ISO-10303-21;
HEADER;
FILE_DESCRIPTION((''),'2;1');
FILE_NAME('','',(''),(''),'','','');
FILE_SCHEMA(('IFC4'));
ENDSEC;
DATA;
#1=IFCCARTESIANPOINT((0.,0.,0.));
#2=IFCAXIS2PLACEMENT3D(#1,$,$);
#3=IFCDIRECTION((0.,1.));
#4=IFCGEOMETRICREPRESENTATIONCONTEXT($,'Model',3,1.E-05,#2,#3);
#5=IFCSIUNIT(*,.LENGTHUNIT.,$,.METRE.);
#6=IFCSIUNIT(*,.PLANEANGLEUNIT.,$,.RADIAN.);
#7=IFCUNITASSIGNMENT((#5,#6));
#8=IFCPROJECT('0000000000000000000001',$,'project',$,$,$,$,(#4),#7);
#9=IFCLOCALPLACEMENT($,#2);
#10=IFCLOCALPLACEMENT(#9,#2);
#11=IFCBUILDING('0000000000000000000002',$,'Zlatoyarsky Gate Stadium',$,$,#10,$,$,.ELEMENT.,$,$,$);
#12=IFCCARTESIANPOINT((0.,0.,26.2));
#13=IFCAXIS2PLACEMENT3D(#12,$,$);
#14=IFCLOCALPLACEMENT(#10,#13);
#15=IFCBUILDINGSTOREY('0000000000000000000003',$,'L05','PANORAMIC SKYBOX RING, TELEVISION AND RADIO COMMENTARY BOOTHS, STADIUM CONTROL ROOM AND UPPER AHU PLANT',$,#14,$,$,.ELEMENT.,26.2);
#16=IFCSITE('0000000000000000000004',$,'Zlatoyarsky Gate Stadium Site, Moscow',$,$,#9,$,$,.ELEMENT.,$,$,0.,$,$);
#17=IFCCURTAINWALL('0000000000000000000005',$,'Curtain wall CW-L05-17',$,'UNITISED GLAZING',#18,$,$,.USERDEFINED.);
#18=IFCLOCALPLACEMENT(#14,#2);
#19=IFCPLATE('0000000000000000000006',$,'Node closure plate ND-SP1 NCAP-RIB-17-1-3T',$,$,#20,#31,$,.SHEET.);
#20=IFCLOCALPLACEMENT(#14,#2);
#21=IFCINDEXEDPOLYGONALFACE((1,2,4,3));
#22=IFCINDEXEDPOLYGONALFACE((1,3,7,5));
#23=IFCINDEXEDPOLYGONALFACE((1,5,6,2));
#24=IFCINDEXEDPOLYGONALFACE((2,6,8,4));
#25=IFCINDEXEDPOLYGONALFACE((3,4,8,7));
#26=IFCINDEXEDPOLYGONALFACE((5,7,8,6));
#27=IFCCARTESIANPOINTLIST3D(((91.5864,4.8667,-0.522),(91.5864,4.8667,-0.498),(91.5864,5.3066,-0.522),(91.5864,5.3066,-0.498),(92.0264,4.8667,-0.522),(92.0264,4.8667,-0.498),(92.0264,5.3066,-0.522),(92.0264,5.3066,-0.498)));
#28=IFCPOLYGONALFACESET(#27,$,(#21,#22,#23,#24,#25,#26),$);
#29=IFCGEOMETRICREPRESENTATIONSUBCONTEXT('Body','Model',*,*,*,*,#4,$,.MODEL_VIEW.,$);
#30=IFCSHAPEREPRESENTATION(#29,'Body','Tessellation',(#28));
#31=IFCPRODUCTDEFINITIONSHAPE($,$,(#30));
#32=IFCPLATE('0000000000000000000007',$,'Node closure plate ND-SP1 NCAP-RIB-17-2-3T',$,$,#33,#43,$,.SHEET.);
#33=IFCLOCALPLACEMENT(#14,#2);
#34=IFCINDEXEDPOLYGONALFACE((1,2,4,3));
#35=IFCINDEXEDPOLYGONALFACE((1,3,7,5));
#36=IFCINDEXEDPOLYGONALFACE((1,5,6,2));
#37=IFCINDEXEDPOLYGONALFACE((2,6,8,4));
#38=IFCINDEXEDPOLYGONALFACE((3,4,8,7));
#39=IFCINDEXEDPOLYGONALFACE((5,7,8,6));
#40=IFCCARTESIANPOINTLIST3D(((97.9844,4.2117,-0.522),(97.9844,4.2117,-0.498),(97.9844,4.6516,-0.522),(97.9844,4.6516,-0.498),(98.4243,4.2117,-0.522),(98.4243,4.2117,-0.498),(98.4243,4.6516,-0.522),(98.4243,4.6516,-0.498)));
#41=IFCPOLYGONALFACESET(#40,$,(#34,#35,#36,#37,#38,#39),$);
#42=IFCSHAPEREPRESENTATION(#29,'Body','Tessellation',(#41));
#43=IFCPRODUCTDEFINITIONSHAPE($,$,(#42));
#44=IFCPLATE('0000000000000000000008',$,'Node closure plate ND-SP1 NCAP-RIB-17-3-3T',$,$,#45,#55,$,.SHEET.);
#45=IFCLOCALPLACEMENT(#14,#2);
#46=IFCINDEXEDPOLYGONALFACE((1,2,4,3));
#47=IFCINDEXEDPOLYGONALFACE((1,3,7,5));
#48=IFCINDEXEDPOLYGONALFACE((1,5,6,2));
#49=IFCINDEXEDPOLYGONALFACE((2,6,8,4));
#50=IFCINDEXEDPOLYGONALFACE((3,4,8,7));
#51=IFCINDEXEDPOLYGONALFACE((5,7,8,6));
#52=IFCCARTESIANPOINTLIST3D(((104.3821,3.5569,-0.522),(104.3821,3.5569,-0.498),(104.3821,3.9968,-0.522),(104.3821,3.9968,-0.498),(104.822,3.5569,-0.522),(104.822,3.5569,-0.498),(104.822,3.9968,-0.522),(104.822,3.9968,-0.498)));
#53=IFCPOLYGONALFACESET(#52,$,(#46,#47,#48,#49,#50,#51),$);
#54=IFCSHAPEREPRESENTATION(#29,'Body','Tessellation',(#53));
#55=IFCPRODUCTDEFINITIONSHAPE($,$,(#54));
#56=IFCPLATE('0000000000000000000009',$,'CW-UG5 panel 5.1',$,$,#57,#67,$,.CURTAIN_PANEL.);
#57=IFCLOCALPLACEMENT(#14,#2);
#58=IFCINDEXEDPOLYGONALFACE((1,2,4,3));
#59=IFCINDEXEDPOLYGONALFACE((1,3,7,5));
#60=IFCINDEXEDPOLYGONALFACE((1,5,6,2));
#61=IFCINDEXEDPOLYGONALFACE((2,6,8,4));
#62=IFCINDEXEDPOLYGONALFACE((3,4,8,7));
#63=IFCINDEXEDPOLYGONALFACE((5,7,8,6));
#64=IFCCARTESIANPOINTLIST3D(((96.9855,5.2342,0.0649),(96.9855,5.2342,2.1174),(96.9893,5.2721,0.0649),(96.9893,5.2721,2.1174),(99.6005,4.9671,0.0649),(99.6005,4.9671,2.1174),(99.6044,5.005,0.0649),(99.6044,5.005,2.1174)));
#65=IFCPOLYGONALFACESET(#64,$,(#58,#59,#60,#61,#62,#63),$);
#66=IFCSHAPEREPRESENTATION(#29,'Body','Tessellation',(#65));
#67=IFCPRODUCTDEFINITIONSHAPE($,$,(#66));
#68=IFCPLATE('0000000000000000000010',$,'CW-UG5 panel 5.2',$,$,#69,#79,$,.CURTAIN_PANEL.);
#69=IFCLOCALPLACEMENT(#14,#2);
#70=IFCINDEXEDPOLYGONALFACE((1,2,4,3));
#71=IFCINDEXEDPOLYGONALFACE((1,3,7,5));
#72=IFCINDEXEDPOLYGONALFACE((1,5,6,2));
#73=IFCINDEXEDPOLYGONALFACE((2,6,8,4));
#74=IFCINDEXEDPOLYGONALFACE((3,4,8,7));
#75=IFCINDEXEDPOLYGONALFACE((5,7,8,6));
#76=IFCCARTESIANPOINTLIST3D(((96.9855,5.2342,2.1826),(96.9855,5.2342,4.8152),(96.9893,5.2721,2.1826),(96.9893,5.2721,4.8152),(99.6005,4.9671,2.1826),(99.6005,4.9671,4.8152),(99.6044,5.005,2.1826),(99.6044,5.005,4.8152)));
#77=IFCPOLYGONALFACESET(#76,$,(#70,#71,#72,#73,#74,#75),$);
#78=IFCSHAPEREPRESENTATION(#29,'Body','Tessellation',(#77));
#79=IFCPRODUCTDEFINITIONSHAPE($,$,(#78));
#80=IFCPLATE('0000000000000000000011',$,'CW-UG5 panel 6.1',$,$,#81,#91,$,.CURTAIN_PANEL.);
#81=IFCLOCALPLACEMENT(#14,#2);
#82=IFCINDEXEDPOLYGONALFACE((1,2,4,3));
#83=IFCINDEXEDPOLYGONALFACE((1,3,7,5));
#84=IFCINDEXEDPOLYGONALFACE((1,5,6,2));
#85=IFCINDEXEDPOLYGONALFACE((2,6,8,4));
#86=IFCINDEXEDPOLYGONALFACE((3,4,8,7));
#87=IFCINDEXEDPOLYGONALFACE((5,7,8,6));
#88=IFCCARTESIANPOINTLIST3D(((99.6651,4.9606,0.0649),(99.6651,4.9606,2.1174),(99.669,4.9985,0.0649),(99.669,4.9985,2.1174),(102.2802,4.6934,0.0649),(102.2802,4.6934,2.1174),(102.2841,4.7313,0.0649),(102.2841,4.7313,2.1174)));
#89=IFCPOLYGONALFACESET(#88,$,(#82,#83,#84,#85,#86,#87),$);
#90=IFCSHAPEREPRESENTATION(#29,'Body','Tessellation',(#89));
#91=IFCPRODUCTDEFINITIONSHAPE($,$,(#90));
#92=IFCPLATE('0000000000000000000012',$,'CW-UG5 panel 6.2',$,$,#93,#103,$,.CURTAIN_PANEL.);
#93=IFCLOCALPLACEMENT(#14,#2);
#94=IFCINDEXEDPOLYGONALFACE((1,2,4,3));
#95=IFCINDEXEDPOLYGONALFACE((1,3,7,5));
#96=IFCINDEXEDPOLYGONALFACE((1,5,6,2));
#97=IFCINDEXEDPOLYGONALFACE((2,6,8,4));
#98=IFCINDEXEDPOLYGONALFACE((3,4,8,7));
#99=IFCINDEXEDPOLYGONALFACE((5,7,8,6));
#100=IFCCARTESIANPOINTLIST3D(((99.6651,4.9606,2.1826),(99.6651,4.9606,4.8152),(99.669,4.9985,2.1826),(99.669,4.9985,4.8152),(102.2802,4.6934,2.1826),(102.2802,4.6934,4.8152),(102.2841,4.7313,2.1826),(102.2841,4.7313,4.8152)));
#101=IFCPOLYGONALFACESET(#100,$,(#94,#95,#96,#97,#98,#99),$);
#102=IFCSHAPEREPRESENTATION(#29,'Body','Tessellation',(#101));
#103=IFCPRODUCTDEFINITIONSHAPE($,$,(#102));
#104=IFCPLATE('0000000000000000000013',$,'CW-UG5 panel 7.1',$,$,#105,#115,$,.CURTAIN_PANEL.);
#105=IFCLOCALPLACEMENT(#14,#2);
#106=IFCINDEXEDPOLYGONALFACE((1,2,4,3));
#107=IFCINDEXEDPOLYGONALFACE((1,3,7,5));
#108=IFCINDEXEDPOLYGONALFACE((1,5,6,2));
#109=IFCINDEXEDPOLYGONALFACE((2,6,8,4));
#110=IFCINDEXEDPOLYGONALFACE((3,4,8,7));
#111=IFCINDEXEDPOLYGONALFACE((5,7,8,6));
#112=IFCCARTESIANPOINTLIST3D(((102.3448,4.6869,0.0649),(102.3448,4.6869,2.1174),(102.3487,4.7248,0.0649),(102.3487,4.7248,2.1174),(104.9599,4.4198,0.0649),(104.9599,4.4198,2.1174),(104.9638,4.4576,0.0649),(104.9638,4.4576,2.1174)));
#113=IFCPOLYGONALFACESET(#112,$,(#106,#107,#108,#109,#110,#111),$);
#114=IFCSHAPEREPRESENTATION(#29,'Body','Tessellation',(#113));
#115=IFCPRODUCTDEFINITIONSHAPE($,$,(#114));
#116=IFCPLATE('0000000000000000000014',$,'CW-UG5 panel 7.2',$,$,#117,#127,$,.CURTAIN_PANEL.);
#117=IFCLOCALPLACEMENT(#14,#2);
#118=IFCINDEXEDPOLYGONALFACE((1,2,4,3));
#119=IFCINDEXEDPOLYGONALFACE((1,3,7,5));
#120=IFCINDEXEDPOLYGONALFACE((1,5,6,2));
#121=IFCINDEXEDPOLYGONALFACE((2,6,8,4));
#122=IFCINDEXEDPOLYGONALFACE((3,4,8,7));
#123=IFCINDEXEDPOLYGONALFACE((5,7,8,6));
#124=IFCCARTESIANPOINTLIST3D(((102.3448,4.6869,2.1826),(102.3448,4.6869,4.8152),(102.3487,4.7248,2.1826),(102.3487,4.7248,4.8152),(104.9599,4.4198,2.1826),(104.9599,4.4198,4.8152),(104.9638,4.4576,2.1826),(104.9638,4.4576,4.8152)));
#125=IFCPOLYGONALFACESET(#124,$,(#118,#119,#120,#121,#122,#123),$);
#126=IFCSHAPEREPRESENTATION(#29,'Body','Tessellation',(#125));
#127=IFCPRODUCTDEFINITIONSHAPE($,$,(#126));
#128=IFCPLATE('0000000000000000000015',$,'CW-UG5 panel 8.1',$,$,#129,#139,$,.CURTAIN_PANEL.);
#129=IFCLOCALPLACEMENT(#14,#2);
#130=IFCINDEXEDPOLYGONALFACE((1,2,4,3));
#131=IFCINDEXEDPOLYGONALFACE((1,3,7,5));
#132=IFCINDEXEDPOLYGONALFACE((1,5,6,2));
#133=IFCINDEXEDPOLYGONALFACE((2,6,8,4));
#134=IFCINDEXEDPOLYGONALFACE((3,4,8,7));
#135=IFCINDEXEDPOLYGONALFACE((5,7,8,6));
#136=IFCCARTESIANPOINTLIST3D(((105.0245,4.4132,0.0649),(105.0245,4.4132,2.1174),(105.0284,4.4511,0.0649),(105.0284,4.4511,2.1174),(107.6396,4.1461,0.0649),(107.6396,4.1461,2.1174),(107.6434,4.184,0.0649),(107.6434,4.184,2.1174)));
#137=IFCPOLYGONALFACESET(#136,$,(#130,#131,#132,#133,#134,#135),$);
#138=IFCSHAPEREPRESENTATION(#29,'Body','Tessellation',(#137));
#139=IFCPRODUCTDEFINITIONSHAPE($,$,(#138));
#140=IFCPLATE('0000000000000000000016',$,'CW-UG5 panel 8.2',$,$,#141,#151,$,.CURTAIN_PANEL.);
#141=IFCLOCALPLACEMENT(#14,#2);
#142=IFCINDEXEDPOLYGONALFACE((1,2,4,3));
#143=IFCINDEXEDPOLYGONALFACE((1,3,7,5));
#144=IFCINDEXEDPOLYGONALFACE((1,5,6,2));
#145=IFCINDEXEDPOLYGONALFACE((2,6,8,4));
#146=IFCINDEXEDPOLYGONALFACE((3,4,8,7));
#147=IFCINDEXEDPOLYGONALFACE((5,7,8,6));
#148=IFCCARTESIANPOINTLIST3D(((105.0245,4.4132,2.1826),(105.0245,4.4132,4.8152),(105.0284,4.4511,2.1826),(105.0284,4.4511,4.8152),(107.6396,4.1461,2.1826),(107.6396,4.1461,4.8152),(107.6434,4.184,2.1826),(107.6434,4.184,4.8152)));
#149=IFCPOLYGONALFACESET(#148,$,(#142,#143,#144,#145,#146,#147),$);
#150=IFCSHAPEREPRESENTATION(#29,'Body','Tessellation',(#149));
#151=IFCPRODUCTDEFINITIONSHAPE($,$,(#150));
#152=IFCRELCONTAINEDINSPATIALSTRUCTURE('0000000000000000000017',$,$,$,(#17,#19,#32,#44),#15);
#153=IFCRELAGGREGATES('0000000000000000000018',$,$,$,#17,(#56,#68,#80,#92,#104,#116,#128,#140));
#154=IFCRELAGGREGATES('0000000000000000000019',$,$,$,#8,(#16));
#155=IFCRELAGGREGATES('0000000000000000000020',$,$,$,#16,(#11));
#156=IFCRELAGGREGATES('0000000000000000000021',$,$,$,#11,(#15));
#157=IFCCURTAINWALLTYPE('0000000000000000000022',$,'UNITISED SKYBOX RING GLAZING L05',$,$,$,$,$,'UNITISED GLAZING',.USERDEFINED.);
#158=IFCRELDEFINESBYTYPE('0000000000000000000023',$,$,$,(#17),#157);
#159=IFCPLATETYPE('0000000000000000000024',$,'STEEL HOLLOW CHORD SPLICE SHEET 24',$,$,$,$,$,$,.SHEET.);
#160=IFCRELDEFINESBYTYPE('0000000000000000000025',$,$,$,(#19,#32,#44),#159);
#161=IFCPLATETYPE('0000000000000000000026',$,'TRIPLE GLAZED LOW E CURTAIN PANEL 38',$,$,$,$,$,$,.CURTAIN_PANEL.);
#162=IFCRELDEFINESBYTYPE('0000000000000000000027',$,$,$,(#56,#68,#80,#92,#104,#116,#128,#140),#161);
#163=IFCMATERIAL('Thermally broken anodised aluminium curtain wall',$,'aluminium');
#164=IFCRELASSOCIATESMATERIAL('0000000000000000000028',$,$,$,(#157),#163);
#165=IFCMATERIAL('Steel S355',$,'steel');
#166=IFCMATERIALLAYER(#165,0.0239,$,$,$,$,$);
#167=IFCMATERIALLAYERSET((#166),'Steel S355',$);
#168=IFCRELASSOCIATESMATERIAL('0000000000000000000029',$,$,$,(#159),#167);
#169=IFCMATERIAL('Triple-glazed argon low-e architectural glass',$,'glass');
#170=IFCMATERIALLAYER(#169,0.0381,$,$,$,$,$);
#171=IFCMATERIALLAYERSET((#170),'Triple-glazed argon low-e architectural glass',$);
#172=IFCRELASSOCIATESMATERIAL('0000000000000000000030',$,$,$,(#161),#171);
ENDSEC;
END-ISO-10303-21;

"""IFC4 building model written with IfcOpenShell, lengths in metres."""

from ifc_helpers import new_model, si_unit, direction, frame, origin, origin_2d, place, context, subcontext, project, spatial, rectangle, extrude, material, layer, layer_set, type_object, element, aggregate, save


model = new_model("IFC4")

# Units and contexts
model_context = context("Model", 3, precision=1e-05, world=origin(), true_north=direction((0.0, 1.0)))
body_context = subcontext(model_context, "Body", "Model", "MODEL_VIEW")
ifc_project = project(units=[si_unit("LENGTHUNIT", "METRE"), si_unit("PLANEANGLEUNIT", "RADIAN")], contexts=[model_context])

# Site, building, storey
site_placement = place(None, origin())
site = spatial("IfcSite", under=ifc_project, at=site_placement, Name="Zlatoyarsky Gate Stadium Site, Moscow", CompositionType="ELEMENT", RefElevation=0.0)
building_placement = place(site_placement, origin())
building = spatial("IfcBuilding", under=site, at=building_placement, Name="Zlatoyarsky Gate Stadium", CompositionType="ELEMENT")
storey_placement = place(building_placement, frame((0.0, 0.0, 26.2)))
storey = spatial("IfcBuildingStorey", under=building, at=storey_placement, Name="L05", Description="PANORAMIC SKYBOX RING, TELEVISION AND RADIO COMMENTARY BOOTHS, STADIUM CONTROL ROOM AND UPPER AHU PLANT", CompositionType="ELEMENT", Elevation=26.2)

# Curtain wall
ifc_material_1 = material(Name="Thermally broken anodised aluminium curtain wall", Category="aluminium")
curtain_wall_type = type_object("IfcCurtainWallType", Name="UNITISED SKYBOX RING GLAZING L05", ElementType="UNITISED GLAZING", PredefinedType="USERDEFINED", material=ifc_material_1)
curtain_wall_placement = place(storey_placement, origin())
curtain_wall = element("IfcCurtainWall", 1, at=curtain_wall_placement, inside=storey, type_object=curtain_wall_type, Name="Curtain wall CW-L05-17", ObjectType="UNITISED GLAZING", PredefinedType="USERDEFINED")

# Shared definitions
ifc_material_2 = material(Name="Steel S355", Category="steel")

# Plates
ifc_layer_1 = layer(ifc_material_2, 0.0239)
ifc_layer_set_1 = layer_set([ifc_layer_1], Name="Steel S355")
plate_type_1 = type_object("IfcPlateType", Name="STEEL HOLLOW CHORD SPLICE SHEET 24", PredefinedType="SHEET", material=ifc_layer_set_1)
for number, where, z_axis, x_axis, name in (
    (2, (91.8064, 5.0867, -0.522), (0.0, 0.0, 1.0), (1.0, 0.0, 0.0), "Node closure plate ND-SP1 NCAP-RIB-17-1-3T"),
    (3, (98.2043, 4.4316, -0.522), (0.0, 0.0, 1.0), (1.0, 0.0, 0.0), "Node closure plate ND-SP1 NCAP-RIB-17-2-3T"),
    (4, (104.6021, 3.7769, -0.522), (0.0, 0.0, 1.0), (1.0, 0.0, 0.0), "Node closure plate ND-SP1 NCAP-RIB-17-3-3T"),
):
    element("IfcPlate", number, at=place(storey_placement, frame(where, z_axis=z_axis, x_axis=x_axis)), inside=storey, type_object=plate_type_1, Name=name, PredefinedType="SHEET", context=body_context, shape_type="SweptSolid", body=[
        extrude(rectangle(XDim=0.4399, YDim=0.4399, at=origin_2d()), origin(), (0.0, 0.0, 1.0), 0.0239),
    ])

# Plates
ifc_material_3 = material(Name="Triple-glazed argon low-e architectural glass", Category="glass")
ifc_layer_2 = layer(ifc_material_3, 0.0381)
ifc_layer_set_2 = layer_set([ifc_layer_2], Name="Triple-glazed argon low-e architectural glass")
plate_type_2 = type_object("IfcPlateType", Name="TRIPLE GLAZED LOW E CURTAIN PANEL 38", PredefinedType="CURTAIN_PANEL", material=ifc_layer_set_2)
plate_1_placement = place(storey_placement, frame((98.2949, 5.1196, 0.0649), z_axis=(0.0, 0.0, 1.0), x_axis=(0.994823, -0.101618, 0.0)))
plate_1 = element("IfcPlate", 5, at=plate_1_placement, type_object=plate_type_2, Name="CW-UG5 panel 5.1", PredefinedType="CURTAIN_PANEL", context=body_context, shape_type="SweptSolid", body=[
    extrude(rectangle(XDim=2.6287, YDim=0.0381, at=origin_2d()), origin(), (0.0, 0.0, 1.0), 2.0525),
])
plate_2_placement = place(storey_placement, frame((98.2949, 5.1196, 2.1826), z_axis=(0.0, 0.0, 1.0), x_axis=(0.994823, -0.101618, 0.0)))
plate_2 = element("IfcPlate", 6, at=plate_2_placement, type_object=plate_type_2, Name="CW-UG5 panel 5.2", PredefinedType="CURTAIN_PANEL", context=body_context, shape_type="SweptSolid", body=[
    extrude(rectangle(XDim=2.6287, YDim=0.0381, at=origin_2d()), origin(), (0.0, 0.0, 1.0), 2.6326),
])
plate_3_placement = place(storey_placement, frame((100.9746, 4.8459, 0.0649), z_axis=(0.0, 0.0, 1.0), x_axis=(0.994823, -0.101618, 0.0)))
plate_3 = element("IfcPlate", 7, at=plate_3_placement, type_object=plate_type_2, Name="CW-UG5 panel 6.1", PredefinedType="CURTAIN_PANEL", context=body_context, shape_type="SweptSolid", body=[
    extrude(rectangle(XDim=2.6287, YDim=0.0381, at=origin_2d()), origin(), (0.0, 0.0, 1.0), 2.0525),
])
plate_4_placement = place(storey_placement, frame((100.9746, 4.8459, 2.1826), z_axis=(0.0, 0.0, 1.0), x_axis=(0.994823, -0.101618, 0.0)))
plate_4 = element("IfcPlate", 8, at=plate_4_placement, type_object=plate_type_2, Name="CW-UG5 panel 6.2", PredefinedType="CURTAIN_PANEL", context=body_context, shape_type="SweptSolid", body=[
    extrude(rectangle(XDim=2.6287, YDim=0.0381, at=origin_2d()), origin(), (0.0, 0.0, 1.0), 2.6326),
])
plate_5_placement = place(storey_placement, frame((103.6543, 4.5723, 0.0649), z_axis=(0.0, 0.0, 1.0), x_axis=(0.994823, -0.101618, 0.0)))
plate_5 = element("IfcPlate", 9, at=plate_5_placement, type_object=plate_type_2, Name="CW-UG5 panel 7.1", PredefinedType="CURTAIN_PANEL", context=body_context, shape_type="SweptSolid", body=[
    extrude(rectangle(XDim=2.6287, YDim=0.0381, at=origin_2d()), origin(), (0.0, 0.0, 1.0), 2.0525),
])
plate_6_placement = place(storey_placement, frame((103.6543, 4.5723, 2.1826), z_axis=(0.0, 0.0, 1.0), x_axis=(0.994823, -0.101618, 0.0)))
plate_6 = element("IfcPlate", 10, at=plate_6_placement, type_object=plate_type_2, Name="CW-UG5 panel 7.2", PredefinedType="CURTAIN_PANEL", context=body_context, shape_type="SweptSolid", body=[
    extrude(rectangle(XDim=2.6287, YDim=0.0381, at=origin_2d()), origin(), (0.0, 0.0, 1.0), 2.6326),
])
plate_7_placement = place(storey_placement, frame((106.334, 4.2986, 0.0649), z_axis=(0.0, 0.0, 1.0), x_axis=(0.994823, -0.101618, 0.0)))
plate_7 = element("IfcPlate", 11, at=plate_7_placement, type_object=plate_type_2, Name="CW-UG5 panel 8.1", PredefinedType="CURTAIN_PANEL", context=body_context, shape_type="SweptSolid", body=[
    extrude(rectangle(XDim=2.6287, YDim=0.0381, at=origin_2d()), origin(), (0.0, 0.0, 1.0), 2.0525),
])
plate_8_placement = place(storey_placement, frame((106.334, 4.2986, 2.1826), z_axis=(0.0, 0.0, 1.0), x_axis=(0.994823, -0.101618, 0.0)))
plate_8 = element("IfcPlate", 12, at=plate_8_placement, type_object=plate_type_2, Name="CW-UG5 panel 8.2", PredefinedType="CURTAIN_PANEL", context=body_context, shape_type="SweptSolid", body=[
    extrude(rectangle(XDim=2.6287, YDim=0.0381, at=origin_2d()), origin(), (0.0, 0.0, 1.0), 2.6326),
])
aggregate(curtain_wall, [plate_1, plate_2, plate_3, plate_4, plate_5, plate_6, plate_7, plate_8])

save(model, "model.ifc")
